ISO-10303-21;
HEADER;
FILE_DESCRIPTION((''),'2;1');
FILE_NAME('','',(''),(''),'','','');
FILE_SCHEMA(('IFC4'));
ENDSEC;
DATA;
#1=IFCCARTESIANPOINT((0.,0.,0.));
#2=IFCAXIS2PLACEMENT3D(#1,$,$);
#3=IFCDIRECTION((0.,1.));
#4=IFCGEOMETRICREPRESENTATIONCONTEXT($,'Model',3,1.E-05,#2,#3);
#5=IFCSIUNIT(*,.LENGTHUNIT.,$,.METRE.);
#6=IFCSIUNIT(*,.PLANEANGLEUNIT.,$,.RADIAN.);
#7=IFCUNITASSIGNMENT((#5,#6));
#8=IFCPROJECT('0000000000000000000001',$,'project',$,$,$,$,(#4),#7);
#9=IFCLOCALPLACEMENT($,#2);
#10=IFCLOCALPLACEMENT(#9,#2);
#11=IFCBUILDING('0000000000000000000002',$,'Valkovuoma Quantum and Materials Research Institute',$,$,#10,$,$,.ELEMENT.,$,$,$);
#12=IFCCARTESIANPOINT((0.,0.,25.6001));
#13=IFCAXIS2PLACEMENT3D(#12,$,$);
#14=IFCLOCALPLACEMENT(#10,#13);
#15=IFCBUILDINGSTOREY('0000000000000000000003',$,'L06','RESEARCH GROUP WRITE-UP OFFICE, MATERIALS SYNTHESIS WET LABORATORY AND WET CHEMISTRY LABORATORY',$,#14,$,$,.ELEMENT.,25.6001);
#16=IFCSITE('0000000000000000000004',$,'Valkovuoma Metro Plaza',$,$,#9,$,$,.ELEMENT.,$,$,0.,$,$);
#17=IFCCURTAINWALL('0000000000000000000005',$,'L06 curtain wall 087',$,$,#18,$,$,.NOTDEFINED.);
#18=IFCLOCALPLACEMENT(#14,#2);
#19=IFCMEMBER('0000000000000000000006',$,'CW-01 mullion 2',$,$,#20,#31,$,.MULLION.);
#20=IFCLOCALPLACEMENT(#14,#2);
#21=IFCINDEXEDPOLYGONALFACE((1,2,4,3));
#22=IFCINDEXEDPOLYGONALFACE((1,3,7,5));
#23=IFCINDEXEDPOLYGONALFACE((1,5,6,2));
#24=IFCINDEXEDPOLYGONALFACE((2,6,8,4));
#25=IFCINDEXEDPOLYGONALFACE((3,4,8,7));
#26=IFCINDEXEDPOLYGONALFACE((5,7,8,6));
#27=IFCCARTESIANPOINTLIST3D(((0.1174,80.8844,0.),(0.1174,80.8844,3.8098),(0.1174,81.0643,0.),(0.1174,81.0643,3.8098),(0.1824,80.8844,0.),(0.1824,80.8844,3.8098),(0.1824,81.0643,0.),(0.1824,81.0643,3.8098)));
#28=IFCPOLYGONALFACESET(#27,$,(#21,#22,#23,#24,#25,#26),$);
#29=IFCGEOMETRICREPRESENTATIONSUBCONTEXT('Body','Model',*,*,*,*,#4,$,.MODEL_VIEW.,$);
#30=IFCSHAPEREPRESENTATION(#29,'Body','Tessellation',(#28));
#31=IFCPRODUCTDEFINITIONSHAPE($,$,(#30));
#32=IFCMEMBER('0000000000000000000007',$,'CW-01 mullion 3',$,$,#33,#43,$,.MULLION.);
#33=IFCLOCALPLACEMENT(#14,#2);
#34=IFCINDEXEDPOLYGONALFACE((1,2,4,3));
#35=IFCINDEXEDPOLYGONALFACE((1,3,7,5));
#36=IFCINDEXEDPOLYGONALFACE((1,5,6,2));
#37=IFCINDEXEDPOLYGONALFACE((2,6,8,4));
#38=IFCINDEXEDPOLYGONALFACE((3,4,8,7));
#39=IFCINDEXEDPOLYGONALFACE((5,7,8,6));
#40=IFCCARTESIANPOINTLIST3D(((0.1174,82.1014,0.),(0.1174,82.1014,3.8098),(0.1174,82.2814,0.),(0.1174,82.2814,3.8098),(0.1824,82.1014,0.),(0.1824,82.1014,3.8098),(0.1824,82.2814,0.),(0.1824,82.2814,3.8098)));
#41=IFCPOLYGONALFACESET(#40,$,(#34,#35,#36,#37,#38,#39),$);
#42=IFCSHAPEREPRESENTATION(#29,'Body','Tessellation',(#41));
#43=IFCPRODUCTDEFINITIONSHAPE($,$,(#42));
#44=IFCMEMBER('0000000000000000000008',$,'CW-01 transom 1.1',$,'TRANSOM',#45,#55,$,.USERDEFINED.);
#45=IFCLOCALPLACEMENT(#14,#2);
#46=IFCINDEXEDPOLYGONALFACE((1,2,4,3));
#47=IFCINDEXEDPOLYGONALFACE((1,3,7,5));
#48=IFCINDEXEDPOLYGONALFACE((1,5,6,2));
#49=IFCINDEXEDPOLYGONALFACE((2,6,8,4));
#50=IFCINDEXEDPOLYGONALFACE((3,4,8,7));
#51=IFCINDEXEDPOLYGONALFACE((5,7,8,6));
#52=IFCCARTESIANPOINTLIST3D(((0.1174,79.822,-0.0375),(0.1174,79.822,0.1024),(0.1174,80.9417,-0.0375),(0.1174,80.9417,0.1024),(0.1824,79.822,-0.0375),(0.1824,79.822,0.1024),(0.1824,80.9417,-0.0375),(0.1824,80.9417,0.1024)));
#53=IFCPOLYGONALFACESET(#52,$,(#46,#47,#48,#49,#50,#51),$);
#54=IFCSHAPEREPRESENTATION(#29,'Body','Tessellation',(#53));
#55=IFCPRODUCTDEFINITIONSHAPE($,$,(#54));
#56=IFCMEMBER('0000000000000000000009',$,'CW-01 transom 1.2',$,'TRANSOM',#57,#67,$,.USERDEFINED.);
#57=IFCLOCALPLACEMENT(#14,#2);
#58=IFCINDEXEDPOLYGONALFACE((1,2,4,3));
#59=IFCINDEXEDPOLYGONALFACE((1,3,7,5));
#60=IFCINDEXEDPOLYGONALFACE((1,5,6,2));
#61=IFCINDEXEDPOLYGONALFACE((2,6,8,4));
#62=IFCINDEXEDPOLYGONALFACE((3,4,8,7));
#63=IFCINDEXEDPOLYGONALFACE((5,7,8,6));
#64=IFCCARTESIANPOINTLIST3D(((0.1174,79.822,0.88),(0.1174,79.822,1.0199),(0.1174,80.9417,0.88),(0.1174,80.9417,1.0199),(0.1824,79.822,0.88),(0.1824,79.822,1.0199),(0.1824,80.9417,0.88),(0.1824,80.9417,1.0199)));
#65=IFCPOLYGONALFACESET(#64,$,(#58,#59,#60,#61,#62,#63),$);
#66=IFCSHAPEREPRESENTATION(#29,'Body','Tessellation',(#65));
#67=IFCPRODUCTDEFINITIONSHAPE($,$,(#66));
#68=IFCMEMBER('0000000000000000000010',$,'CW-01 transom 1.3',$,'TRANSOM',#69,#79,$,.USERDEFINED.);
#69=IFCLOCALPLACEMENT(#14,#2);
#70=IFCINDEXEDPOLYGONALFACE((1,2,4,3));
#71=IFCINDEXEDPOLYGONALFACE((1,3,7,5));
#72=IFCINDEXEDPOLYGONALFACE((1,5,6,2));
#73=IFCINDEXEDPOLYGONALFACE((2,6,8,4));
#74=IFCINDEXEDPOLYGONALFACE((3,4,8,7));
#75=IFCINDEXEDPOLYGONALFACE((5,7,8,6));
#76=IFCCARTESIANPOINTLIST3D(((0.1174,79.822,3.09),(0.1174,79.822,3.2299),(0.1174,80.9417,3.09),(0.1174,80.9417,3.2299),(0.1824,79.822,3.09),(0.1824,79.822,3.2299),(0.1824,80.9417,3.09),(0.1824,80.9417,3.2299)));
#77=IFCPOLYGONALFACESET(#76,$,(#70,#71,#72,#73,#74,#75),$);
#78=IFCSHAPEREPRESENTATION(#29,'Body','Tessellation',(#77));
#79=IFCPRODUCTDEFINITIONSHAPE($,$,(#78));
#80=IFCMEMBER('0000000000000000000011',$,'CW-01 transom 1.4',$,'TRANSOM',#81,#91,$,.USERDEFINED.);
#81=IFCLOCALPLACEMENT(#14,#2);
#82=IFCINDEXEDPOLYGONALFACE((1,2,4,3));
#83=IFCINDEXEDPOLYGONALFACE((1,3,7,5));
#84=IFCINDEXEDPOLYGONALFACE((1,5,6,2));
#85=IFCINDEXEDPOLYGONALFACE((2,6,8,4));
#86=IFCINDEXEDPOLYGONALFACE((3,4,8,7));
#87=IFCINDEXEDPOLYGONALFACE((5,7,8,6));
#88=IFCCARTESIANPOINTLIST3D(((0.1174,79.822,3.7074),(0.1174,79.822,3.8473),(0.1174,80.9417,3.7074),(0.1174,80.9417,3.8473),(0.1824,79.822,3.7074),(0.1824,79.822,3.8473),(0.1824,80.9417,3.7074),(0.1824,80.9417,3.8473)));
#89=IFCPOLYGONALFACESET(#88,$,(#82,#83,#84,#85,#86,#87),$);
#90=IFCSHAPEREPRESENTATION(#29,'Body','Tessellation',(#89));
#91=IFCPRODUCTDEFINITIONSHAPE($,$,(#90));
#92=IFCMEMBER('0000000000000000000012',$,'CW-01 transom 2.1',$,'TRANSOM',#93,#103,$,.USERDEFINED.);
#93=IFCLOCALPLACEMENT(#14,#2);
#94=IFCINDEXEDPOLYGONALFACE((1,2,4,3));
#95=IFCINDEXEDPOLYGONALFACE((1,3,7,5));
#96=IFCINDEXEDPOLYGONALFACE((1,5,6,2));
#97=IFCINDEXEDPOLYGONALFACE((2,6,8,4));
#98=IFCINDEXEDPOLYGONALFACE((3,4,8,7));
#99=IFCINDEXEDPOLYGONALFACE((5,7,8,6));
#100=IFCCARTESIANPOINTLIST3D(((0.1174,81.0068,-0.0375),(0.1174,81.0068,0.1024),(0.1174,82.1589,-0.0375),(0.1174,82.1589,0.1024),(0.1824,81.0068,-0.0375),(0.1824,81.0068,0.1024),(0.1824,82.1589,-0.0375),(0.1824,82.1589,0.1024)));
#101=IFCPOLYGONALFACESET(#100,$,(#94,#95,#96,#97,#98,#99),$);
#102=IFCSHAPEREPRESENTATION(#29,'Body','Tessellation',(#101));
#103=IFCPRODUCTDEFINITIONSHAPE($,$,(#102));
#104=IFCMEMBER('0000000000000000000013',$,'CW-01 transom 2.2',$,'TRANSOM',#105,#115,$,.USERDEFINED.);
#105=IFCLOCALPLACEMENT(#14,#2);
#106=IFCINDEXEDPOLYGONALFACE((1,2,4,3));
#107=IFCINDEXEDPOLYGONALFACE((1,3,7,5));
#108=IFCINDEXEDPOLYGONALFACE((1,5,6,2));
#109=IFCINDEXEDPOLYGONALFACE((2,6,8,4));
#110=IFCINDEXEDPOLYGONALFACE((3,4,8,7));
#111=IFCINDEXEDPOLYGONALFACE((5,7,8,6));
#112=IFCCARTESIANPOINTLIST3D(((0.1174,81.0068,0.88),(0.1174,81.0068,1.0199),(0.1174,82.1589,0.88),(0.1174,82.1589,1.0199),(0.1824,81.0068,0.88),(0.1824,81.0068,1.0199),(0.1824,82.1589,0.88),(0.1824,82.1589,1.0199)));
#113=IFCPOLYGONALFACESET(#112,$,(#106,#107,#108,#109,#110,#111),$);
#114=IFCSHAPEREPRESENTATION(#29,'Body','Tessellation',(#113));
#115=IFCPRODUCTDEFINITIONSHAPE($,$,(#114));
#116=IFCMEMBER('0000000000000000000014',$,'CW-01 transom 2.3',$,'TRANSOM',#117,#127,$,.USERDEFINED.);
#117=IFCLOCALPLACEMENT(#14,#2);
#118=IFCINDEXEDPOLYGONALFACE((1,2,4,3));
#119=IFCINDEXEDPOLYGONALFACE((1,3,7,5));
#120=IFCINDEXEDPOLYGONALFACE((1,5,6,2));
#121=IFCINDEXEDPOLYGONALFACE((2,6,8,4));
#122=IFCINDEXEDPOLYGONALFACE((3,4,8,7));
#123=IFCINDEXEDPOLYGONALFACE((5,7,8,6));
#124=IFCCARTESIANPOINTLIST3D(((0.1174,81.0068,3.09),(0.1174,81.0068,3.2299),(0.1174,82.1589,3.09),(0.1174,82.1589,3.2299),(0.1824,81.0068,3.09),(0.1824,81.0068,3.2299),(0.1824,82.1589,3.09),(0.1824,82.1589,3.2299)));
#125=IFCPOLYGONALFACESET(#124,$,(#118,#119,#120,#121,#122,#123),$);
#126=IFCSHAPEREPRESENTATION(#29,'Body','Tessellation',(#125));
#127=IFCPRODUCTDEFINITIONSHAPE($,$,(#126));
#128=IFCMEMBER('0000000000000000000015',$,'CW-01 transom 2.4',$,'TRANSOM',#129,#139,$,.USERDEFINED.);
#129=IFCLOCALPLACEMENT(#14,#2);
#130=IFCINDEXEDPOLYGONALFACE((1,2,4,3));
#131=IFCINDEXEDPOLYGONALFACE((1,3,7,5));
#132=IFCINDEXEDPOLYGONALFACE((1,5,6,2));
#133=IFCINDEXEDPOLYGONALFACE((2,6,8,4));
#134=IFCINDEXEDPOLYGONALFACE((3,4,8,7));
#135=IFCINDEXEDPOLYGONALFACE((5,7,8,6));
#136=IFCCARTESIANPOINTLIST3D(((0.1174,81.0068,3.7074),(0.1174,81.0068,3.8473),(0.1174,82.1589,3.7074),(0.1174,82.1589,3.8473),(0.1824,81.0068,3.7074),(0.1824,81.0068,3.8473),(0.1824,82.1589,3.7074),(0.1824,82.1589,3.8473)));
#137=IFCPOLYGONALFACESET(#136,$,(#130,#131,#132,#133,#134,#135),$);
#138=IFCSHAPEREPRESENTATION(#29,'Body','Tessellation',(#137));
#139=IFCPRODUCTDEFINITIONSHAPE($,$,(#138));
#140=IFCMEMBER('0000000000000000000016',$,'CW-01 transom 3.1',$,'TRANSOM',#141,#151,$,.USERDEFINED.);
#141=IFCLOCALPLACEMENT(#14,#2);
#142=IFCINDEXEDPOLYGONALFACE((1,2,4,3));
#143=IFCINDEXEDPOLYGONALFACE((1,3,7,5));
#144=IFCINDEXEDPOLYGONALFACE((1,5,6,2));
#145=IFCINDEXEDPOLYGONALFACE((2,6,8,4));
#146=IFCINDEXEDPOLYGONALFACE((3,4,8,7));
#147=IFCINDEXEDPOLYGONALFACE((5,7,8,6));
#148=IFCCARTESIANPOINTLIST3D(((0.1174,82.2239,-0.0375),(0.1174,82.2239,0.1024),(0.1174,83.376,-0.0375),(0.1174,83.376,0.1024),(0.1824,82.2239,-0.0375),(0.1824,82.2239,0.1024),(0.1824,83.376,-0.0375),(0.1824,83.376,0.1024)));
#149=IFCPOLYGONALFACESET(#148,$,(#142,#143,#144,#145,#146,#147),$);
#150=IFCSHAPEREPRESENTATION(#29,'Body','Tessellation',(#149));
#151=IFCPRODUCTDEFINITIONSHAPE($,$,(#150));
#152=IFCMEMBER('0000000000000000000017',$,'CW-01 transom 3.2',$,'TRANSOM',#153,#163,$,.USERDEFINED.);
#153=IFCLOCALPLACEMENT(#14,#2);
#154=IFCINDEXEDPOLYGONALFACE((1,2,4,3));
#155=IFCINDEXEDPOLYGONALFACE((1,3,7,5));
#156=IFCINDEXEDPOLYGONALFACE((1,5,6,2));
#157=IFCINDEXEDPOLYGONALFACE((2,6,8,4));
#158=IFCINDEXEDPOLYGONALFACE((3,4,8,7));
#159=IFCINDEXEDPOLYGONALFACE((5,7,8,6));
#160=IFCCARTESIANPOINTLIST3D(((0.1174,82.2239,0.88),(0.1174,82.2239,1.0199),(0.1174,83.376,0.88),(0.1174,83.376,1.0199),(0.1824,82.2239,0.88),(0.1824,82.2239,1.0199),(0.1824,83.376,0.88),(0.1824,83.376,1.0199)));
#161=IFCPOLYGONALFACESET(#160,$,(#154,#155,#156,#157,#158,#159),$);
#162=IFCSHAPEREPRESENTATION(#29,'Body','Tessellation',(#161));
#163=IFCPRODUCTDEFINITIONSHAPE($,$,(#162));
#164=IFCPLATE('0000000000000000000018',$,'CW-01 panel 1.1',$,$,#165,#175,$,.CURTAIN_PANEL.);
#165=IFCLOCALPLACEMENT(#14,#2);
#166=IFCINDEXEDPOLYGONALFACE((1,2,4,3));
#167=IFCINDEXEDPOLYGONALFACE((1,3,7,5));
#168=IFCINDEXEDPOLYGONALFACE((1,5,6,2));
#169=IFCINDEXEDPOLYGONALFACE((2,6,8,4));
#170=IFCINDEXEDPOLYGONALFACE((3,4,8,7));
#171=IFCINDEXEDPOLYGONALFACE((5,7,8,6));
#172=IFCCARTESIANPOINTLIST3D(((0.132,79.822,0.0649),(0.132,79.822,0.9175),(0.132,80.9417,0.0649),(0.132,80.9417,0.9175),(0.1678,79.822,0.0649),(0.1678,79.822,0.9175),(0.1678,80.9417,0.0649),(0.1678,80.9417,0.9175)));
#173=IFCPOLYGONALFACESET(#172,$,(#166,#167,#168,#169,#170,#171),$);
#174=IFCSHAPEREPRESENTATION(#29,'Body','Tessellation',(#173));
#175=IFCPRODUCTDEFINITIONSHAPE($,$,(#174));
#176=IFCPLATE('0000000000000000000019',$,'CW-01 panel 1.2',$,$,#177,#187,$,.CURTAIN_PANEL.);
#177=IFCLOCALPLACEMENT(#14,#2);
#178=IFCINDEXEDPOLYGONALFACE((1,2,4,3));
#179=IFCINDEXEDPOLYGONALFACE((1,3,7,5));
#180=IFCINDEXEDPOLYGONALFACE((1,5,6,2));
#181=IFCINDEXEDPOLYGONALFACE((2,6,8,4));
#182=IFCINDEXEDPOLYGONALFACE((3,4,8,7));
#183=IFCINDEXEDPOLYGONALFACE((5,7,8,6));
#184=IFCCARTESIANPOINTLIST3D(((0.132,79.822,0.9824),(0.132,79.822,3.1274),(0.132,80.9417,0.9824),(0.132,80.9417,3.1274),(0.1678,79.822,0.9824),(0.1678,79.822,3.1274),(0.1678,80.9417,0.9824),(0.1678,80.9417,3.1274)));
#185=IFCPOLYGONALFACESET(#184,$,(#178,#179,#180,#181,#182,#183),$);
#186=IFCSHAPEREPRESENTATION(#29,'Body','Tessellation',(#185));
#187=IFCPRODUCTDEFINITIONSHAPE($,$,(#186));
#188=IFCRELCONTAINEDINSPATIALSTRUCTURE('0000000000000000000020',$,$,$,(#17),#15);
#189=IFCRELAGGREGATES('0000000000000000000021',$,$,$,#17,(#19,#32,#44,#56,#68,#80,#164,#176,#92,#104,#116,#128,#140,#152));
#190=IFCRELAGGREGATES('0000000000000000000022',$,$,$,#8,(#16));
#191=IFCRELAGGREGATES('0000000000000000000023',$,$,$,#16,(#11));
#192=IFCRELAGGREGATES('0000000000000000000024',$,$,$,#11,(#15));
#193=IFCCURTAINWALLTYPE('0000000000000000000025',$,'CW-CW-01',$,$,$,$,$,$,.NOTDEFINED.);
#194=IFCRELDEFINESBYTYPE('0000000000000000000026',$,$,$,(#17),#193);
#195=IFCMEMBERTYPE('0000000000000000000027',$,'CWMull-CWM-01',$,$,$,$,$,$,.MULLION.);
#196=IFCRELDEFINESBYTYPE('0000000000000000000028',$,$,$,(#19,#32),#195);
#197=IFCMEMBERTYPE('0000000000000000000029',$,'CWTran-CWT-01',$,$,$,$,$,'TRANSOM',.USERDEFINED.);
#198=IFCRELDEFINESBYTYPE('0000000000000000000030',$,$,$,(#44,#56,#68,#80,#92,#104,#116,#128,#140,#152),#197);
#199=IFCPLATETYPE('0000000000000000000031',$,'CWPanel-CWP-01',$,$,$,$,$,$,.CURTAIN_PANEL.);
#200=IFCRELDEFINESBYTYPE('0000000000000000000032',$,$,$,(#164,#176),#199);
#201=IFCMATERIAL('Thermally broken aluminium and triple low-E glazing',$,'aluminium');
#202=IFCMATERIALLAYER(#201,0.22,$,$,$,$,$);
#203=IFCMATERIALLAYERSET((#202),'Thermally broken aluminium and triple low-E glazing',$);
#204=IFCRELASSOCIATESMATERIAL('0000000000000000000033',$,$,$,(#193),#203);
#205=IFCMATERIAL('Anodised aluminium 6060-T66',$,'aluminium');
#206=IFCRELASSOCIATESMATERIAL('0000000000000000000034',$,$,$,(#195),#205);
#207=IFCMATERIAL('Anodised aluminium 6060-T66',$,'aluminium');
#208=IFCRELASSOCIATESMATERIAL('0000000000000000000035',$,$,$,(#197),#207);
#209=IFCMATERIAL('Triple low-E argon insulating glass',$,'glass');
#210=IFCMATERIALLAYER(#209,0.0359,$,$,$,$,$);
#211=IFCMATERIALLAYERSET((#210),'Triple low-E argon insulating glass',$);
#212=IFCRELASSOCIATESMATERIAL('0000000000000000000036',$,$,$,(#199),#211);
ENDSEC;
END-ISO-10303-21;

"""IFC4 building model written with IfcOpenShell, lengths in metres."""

from ifc_helpers import new_model, si_unit, direction, frame, origin, origin_2d, place, context, subcontext, project, spatial, rectangle, extrude, material, layer, layer_set, material_profile, profile_set, type_object, element, aggregate, save


model = new_model("IFC4")

# Units and contexts
model_context = context("Model", 3, precision=1e-05, world=origin(), true_north=direction((0.0, 1.0)))
body_context = subcontext(model_context, "Body", "Model", "MODEL_VIEW")
ifc_project = project(units=[si_unit("LENGTHUNIT", "METRE"), si_unit("PLANEANGLEUNIT", "RADIAN")], contexts=[model_context])

# Site, building, storey
site_placement = place(None, origin())
site = spatial("IfcSite", under=ifc_project, at=site_placement, Name="Valkovuoma Metro Plaza", CompositionType="ELEMENT", RefElevation=0.0)
building_placement = place(site_placement, origin())
building = spatial("IfcBuilding", under=site, at=building_placement, Name="Valkovuoma Quantum and Materials Research Institute", CompositionType="ELEMENT")
storey_placement = place(building_placement, frame((0.0, 0.0, 25.6001)))
storey = spatial("IfcBuildingStorey", under=building, at=storey_placement, Name="L06", Description="RESEARCH GROUP WRITE-UP OFFICE, MATERIALS SYNTHESIS WET LABORATORY AND WET CHEMISTRY LABORATORY", CompositionType="ELEMENT", Elevation=25.6001)

# Curtain wall, members, plates
ifc_material_1 = material(Name="Thermally broken aluminium and triple low-E glazing", Category="aluminium")
ifc_layer_1 = layer(ifc_material_1, 0.22)
ifc_layer_set_1 = layer_set([ifc_layer_1], Name="Thermally broken aluminium and triple low-E glazing")
curtain_wall_type = type_object("IfcCurtainWallType", Name="CW-CW-01", PredefinedType="NOTDEFINED", material=ifc_layer_set_1)
curtain_wall_placement = place(storey_placement, origin())
curtain_wall = element("IfcCurtainWall", 1, at=curtain_wall_placement, inside=storey, type_object=curtain_wall_type, Name="L06 curtain wall 087", PredefinedType="NOTDEFINED")
ifc_material_2 = material(Name="Anodised aluminium 6060-T66", Category="aluminium")
ifc_material_profile_1 = material_profile(ifc_material_2, rectangle(XDim=0.0649, YDim=0.1799, at=origin_2d()), Name="Anodised aluminium 6060-T66")
ifc_profile_set_1 = profile_set([ifc_material_profile_1], Name="Anodised aluminium 6060-T66")
member_type_1 = type_object("IfcMemberType", Name="CWMull-CWM-01", PredefinedType="MULLION", material=ifc_profile_set_1)
member_1_placement = place(storey_placement, frame((0.1499, 80.9744, 0.0), z_axis=(0.0, 0.0, 1.0), x_axis=(-1.0, 0.0, 0.0)))
member_1 = element("IfcMember", 2, at=member_1_placement, type_object=member_type_1, Name="CW-01 mullion 2", PredefinedType="MULLION", context=body_context, shape_type="SweptSolid", body=[
    extrude(rectangle(XDim=0.0649, YDim=0.1799, at=origin_2d()), origin(), (0.0, 0.0, 1.0), 3.8098),
])
member_2_placement = place(storey_placement, frame((0.1499, 82.1914, 0.0), z_axis=(0.0, 0.0, 1.0), x_axis=(-1.0, 0.0, 0.0)))
member_2 = element("IfcMember", 3, at=member_2_placement, type_object=member_type_1, Name="CW-01 mullion 3", PredefinedType="MULLION", context=body_context, shape_type="SweptSolid", body=[
    extrude(rectangle(XDim=0.0649, YDim=0.1799, at=origin_2d()), origin(), (0.0, 0.0, 1.0), 3.8098),
])
ifc_material_3 = material(Name="Anodised aluminium 6060-T66", Category="aluminium")
ifc_material_profile_2 = material_profile(ifc_material_3, rectangle(XDim=0.0649, YDim=0.1399, at=origin_2d()), Name="Anodised aluminium 6060-T66")
ifc_profile_set_2 = profile_set([ifc_material_profile_2], Name="Anodised aluminium 6060-T66")
member_type_2 = type_object("IfcMemberType", Name="CWTran-CWT-01", ElementType="TRANSOM", PredefinedType="USERDEFINED", material=ifc_profile_set_2)
member_3_placement = place(storey_placement, frame((0.1499, 79.822, 0.0325), z_axis=(0.0, 1.0, 0.0), x_axis=(-1.0, 0.0, 0.0)))
member_3 = element("IfcMember", 4, at=member_3_placement, type_object=member_type_2, Name="CW-01 transom 1.1", ObjectType="TRANSOM", PredefinedType="USERDEFINED", context=body_context, shape_type="SweptSolid", body=[
    extrude(rectangle(XDim=0.0649, YDim=0.1399, at=origin_2d()), origin(), (0.0, 0.0, 1.0), 1.1196),
])
member_4_placement = place(storey_placement, frame((0.1499, 79.822, 0.95), z_axis=(0.0, 1.0, 0.0), x_axis=(-1.0, 0.0, 0.0)))
member_4 = element("IfcMember", 5, at=member_4_placement, type_object=member_type_2, Name="CW-01 transom 1.2", ObjectType="TRANSOM", PredefinedType="USERDEFINED", context=body_context, shape_type="SweptSolid", body=[
    extrude(rectangle(XDim=0.0649, YDim=0.1399, at=origin_2d()), origin(), (0.0, 0.0, 1.0), 1.1196),
])
member_5_placement = place(storey_placement, frame((0.1499, 79.822, 3.1599), z_axis=(0.0, 1.0, 0.0), x_axis=(-1.0, 0.0, 0.0)))
member_5 = element("IfcMember", 6, at=member_5_placement, type_object=member_type_2, Name="CW-01 transom 1.3", ObjectType="TRANSOM", PredefinedType="USERDEFINED", context=body_context, shape_type="SweptSolid", body=[
    extrude(rectangle(XDim=0.0649, YDim=0.1399, at=origin_2d()), origin(), (0.0, 0.0, 1.0), 1.1196),
])
member_6_placement = place(storey_placement, frame((0.1499, 79.822, 3.7773), z_axis=(0.0, 1.0, 0.0), x_axis=(-1.0, 0.0, 0.0)))
member_6 = element("IfcMember", 7, at=member_6_placement, type_object=member_type_2, Name="CW-01 transom 1.4", ObjectType="TRANSOM", PredefinedType="USERDEFINED", context=body_context, shape_type="SweptSolid", body=[
    extrude(rectangle(XDim=0.0649, YDim=0.1399, at=origin_2d()), origin(), (0.0, 0.0, 1.0), 1.1196),
])
member_7_placement = place(storey_placement, frame((0.1499, 81.0068, 0.0325), z_axis=(0.0, 1.0, 0.0), x_axis=(-1.0, 0.0, 0.0)))
member_7 = element("IfcMember", 8, at=member_7_placement, type_object=member_type_2, Name="CW-01 transom 2.1", ObjectType="TRANSOM", PredefinedType="USERDEFINED", context=body_context, shape_type="SweptSolid", body=[
    extrude(rectangle(XDim=0.0649, YDim=0.1399, at=origin_2d()), origin(), (0.0, 0.0, 1.0), 1.1521),
])
member_8_placement = place(storey_placement, frame((0.1499, 81.0068, 0.95), z_axis=(0.0, 1.0, 0.0), x_axis=(-1.0, 0.0, 0.0)))
member_8 = element("IfcMember", 9, at=member_8_placement, type_object=member_type_2, Name="CW-01 transom 2.2", ObjectType="TRANSOM", PredefinedType="USERDEFINED", context=body_context, shape_type="SweptSolid", body=[
    extrude(rectangle(XDim=0.0649, YDim=0.1399, at=origin_2d()), origin(), (0.0, 0.0, 1.0), 1.1521),
])
member_9_placement = place(storey_placement, frame((0.1499, 81.0068, 3.1599), z_axis=(0.0, 1.0, 0.0), x_axis=(-1.0, 0.0, 0.0)))
member_9 = element("IfcMember", 10, at=member_9_placement, type_object=member_type_2, Name="CW-01 transom 2.3", ObjectType="TRANSOM", PredefinedType="USERDEFINED", context=body_context, shape_type="SweptSolid", body=[
    extrude(rectangle(XDim=0.0649, YDim=0.1399, at=origin_2d()), origin(), (0.0, 0.0, 1.0), 1.1521),
])
member_10_placement = place(storey_placement, frame((0.1499, 81.0068, 3.7773), z_axis=(0.0, 1.0, 0.0), x_axis=(-1.0, 0.0, 0.0)))
member_10 = element("IfcMember", 11, at=member_10_placement, type_object=member_type_2, Name="CW-01 transom 2.4", ObjectType="TRANSOM", PredefinedType="USERDEFINED", context=body_context, shape_type="SweptSolid", body=[
    extrude(rectangle(XDim=0.0649, YDim=0.1399, at=origin_2d()), origin(), (0.0, 0.0, 1.0), 1.1521),
])
member_11_placement = place(storey_placement, frame((0.1499, 82.2239, 0.0325), z_axis=(0.0, 1.0, 0.0), x_axis=(-1.0, 0.0, 0.0)))
member_11 = element("IfcMember", 12, at=member_11_placement, type_object=member_type_2, Name="CW-01 transom 3.1", ObjectType="TRANSOM", PredefinedType="USERDEFINED", context=body_context, shape_type="SweptSolid", body=[
    extrude(rectangle(XDim=0.0649, YDim=0.1399, at=origin_2d()), origin(), (0.0, 0.0, 1.0), 1.1521),
])
member_12_placement = place(storey_placement, frame((0.1499, 82.2239, 0.95), z_axis=(0.0, 1.0, 0.0), x_axis=(-1.0, 0.0, 0.0)))
member_12 = element("IfcMember", 13, at=member_12_placement, type_object=member_type_2, Name="CW-01 transom 3.2", ObjectType="TRANSOM", PredefinedType="USERDEFINED", context=body_context, shape_type="SweptSolid", body=[
    extrude(rectangle(XDim=0.0649, YDim=0.1399, at=origin_2d()), origin(), (0.0, 0.0, 1.0), 1.1521),
])
ifc_material_4 = material(Name="Triple low-E argon insulating glass", Category="glass")
ifc_layer_2 = layer(ifc_material_4, 0.0359)
ifc_layer_set_2 = layer_set([ifc_layer_2], Name="Triple low-E argon insulating glass")
plate_type = type_object("IfcPlateType", Name="CWPanel-CWP-01", PredefinedType="CURTAIN_PANEL", material=ifc_layer_set_2)
plate_1_placement = place(storey_placement, frame((0.1499, 80.3818, 0.0649), z_axis=(0.0, 0.0, 1.0), x_axis=(0.0, 1.0, 0.0)))
plate_1 = element("IfcPlate", 14, at=plate_1_placement, type_object=plate_type, Name="CW-01 panel 1.1", PredefinedType="CURTAIN_PANEL", context=body_context, shape_type="SweptSolid", body=[
    extrude(rectangle(XDim=1.1196, YDim=0.0359, at=origin_2d()), origin(), (0.0, 0.0, 1.0), 0.8525),
])
plate_2_placement = place(storey_placement, frame((0.1499, 80.3818, 0.9824), z_axis=(0.0, 0.0, 1.0), x_axis=(0.0, 1.0, 0.0)))
plate_2 = element("IfcPlate", 15, at=plate_2_placement, type_object=plate_type, Name="CW-01 panel 1.2", PredefinedType="CURTAIN_PANEL", context=body_context, shape_type="SweptSolid", body=[
    extrude(rectangle(XDim=1.1196, YDim=0.0359, at=origin_2d()), origin(), (0.0, 0.0, 1.0), 2.145),
])
aggregate(curtain_wall, [member_1, member_2, member_3, member_4, member_5, member_6, plate_1, plate_2, member_7, member_8, member_9, member_10, member_11, member_12])

save(model, "model.ifc")
